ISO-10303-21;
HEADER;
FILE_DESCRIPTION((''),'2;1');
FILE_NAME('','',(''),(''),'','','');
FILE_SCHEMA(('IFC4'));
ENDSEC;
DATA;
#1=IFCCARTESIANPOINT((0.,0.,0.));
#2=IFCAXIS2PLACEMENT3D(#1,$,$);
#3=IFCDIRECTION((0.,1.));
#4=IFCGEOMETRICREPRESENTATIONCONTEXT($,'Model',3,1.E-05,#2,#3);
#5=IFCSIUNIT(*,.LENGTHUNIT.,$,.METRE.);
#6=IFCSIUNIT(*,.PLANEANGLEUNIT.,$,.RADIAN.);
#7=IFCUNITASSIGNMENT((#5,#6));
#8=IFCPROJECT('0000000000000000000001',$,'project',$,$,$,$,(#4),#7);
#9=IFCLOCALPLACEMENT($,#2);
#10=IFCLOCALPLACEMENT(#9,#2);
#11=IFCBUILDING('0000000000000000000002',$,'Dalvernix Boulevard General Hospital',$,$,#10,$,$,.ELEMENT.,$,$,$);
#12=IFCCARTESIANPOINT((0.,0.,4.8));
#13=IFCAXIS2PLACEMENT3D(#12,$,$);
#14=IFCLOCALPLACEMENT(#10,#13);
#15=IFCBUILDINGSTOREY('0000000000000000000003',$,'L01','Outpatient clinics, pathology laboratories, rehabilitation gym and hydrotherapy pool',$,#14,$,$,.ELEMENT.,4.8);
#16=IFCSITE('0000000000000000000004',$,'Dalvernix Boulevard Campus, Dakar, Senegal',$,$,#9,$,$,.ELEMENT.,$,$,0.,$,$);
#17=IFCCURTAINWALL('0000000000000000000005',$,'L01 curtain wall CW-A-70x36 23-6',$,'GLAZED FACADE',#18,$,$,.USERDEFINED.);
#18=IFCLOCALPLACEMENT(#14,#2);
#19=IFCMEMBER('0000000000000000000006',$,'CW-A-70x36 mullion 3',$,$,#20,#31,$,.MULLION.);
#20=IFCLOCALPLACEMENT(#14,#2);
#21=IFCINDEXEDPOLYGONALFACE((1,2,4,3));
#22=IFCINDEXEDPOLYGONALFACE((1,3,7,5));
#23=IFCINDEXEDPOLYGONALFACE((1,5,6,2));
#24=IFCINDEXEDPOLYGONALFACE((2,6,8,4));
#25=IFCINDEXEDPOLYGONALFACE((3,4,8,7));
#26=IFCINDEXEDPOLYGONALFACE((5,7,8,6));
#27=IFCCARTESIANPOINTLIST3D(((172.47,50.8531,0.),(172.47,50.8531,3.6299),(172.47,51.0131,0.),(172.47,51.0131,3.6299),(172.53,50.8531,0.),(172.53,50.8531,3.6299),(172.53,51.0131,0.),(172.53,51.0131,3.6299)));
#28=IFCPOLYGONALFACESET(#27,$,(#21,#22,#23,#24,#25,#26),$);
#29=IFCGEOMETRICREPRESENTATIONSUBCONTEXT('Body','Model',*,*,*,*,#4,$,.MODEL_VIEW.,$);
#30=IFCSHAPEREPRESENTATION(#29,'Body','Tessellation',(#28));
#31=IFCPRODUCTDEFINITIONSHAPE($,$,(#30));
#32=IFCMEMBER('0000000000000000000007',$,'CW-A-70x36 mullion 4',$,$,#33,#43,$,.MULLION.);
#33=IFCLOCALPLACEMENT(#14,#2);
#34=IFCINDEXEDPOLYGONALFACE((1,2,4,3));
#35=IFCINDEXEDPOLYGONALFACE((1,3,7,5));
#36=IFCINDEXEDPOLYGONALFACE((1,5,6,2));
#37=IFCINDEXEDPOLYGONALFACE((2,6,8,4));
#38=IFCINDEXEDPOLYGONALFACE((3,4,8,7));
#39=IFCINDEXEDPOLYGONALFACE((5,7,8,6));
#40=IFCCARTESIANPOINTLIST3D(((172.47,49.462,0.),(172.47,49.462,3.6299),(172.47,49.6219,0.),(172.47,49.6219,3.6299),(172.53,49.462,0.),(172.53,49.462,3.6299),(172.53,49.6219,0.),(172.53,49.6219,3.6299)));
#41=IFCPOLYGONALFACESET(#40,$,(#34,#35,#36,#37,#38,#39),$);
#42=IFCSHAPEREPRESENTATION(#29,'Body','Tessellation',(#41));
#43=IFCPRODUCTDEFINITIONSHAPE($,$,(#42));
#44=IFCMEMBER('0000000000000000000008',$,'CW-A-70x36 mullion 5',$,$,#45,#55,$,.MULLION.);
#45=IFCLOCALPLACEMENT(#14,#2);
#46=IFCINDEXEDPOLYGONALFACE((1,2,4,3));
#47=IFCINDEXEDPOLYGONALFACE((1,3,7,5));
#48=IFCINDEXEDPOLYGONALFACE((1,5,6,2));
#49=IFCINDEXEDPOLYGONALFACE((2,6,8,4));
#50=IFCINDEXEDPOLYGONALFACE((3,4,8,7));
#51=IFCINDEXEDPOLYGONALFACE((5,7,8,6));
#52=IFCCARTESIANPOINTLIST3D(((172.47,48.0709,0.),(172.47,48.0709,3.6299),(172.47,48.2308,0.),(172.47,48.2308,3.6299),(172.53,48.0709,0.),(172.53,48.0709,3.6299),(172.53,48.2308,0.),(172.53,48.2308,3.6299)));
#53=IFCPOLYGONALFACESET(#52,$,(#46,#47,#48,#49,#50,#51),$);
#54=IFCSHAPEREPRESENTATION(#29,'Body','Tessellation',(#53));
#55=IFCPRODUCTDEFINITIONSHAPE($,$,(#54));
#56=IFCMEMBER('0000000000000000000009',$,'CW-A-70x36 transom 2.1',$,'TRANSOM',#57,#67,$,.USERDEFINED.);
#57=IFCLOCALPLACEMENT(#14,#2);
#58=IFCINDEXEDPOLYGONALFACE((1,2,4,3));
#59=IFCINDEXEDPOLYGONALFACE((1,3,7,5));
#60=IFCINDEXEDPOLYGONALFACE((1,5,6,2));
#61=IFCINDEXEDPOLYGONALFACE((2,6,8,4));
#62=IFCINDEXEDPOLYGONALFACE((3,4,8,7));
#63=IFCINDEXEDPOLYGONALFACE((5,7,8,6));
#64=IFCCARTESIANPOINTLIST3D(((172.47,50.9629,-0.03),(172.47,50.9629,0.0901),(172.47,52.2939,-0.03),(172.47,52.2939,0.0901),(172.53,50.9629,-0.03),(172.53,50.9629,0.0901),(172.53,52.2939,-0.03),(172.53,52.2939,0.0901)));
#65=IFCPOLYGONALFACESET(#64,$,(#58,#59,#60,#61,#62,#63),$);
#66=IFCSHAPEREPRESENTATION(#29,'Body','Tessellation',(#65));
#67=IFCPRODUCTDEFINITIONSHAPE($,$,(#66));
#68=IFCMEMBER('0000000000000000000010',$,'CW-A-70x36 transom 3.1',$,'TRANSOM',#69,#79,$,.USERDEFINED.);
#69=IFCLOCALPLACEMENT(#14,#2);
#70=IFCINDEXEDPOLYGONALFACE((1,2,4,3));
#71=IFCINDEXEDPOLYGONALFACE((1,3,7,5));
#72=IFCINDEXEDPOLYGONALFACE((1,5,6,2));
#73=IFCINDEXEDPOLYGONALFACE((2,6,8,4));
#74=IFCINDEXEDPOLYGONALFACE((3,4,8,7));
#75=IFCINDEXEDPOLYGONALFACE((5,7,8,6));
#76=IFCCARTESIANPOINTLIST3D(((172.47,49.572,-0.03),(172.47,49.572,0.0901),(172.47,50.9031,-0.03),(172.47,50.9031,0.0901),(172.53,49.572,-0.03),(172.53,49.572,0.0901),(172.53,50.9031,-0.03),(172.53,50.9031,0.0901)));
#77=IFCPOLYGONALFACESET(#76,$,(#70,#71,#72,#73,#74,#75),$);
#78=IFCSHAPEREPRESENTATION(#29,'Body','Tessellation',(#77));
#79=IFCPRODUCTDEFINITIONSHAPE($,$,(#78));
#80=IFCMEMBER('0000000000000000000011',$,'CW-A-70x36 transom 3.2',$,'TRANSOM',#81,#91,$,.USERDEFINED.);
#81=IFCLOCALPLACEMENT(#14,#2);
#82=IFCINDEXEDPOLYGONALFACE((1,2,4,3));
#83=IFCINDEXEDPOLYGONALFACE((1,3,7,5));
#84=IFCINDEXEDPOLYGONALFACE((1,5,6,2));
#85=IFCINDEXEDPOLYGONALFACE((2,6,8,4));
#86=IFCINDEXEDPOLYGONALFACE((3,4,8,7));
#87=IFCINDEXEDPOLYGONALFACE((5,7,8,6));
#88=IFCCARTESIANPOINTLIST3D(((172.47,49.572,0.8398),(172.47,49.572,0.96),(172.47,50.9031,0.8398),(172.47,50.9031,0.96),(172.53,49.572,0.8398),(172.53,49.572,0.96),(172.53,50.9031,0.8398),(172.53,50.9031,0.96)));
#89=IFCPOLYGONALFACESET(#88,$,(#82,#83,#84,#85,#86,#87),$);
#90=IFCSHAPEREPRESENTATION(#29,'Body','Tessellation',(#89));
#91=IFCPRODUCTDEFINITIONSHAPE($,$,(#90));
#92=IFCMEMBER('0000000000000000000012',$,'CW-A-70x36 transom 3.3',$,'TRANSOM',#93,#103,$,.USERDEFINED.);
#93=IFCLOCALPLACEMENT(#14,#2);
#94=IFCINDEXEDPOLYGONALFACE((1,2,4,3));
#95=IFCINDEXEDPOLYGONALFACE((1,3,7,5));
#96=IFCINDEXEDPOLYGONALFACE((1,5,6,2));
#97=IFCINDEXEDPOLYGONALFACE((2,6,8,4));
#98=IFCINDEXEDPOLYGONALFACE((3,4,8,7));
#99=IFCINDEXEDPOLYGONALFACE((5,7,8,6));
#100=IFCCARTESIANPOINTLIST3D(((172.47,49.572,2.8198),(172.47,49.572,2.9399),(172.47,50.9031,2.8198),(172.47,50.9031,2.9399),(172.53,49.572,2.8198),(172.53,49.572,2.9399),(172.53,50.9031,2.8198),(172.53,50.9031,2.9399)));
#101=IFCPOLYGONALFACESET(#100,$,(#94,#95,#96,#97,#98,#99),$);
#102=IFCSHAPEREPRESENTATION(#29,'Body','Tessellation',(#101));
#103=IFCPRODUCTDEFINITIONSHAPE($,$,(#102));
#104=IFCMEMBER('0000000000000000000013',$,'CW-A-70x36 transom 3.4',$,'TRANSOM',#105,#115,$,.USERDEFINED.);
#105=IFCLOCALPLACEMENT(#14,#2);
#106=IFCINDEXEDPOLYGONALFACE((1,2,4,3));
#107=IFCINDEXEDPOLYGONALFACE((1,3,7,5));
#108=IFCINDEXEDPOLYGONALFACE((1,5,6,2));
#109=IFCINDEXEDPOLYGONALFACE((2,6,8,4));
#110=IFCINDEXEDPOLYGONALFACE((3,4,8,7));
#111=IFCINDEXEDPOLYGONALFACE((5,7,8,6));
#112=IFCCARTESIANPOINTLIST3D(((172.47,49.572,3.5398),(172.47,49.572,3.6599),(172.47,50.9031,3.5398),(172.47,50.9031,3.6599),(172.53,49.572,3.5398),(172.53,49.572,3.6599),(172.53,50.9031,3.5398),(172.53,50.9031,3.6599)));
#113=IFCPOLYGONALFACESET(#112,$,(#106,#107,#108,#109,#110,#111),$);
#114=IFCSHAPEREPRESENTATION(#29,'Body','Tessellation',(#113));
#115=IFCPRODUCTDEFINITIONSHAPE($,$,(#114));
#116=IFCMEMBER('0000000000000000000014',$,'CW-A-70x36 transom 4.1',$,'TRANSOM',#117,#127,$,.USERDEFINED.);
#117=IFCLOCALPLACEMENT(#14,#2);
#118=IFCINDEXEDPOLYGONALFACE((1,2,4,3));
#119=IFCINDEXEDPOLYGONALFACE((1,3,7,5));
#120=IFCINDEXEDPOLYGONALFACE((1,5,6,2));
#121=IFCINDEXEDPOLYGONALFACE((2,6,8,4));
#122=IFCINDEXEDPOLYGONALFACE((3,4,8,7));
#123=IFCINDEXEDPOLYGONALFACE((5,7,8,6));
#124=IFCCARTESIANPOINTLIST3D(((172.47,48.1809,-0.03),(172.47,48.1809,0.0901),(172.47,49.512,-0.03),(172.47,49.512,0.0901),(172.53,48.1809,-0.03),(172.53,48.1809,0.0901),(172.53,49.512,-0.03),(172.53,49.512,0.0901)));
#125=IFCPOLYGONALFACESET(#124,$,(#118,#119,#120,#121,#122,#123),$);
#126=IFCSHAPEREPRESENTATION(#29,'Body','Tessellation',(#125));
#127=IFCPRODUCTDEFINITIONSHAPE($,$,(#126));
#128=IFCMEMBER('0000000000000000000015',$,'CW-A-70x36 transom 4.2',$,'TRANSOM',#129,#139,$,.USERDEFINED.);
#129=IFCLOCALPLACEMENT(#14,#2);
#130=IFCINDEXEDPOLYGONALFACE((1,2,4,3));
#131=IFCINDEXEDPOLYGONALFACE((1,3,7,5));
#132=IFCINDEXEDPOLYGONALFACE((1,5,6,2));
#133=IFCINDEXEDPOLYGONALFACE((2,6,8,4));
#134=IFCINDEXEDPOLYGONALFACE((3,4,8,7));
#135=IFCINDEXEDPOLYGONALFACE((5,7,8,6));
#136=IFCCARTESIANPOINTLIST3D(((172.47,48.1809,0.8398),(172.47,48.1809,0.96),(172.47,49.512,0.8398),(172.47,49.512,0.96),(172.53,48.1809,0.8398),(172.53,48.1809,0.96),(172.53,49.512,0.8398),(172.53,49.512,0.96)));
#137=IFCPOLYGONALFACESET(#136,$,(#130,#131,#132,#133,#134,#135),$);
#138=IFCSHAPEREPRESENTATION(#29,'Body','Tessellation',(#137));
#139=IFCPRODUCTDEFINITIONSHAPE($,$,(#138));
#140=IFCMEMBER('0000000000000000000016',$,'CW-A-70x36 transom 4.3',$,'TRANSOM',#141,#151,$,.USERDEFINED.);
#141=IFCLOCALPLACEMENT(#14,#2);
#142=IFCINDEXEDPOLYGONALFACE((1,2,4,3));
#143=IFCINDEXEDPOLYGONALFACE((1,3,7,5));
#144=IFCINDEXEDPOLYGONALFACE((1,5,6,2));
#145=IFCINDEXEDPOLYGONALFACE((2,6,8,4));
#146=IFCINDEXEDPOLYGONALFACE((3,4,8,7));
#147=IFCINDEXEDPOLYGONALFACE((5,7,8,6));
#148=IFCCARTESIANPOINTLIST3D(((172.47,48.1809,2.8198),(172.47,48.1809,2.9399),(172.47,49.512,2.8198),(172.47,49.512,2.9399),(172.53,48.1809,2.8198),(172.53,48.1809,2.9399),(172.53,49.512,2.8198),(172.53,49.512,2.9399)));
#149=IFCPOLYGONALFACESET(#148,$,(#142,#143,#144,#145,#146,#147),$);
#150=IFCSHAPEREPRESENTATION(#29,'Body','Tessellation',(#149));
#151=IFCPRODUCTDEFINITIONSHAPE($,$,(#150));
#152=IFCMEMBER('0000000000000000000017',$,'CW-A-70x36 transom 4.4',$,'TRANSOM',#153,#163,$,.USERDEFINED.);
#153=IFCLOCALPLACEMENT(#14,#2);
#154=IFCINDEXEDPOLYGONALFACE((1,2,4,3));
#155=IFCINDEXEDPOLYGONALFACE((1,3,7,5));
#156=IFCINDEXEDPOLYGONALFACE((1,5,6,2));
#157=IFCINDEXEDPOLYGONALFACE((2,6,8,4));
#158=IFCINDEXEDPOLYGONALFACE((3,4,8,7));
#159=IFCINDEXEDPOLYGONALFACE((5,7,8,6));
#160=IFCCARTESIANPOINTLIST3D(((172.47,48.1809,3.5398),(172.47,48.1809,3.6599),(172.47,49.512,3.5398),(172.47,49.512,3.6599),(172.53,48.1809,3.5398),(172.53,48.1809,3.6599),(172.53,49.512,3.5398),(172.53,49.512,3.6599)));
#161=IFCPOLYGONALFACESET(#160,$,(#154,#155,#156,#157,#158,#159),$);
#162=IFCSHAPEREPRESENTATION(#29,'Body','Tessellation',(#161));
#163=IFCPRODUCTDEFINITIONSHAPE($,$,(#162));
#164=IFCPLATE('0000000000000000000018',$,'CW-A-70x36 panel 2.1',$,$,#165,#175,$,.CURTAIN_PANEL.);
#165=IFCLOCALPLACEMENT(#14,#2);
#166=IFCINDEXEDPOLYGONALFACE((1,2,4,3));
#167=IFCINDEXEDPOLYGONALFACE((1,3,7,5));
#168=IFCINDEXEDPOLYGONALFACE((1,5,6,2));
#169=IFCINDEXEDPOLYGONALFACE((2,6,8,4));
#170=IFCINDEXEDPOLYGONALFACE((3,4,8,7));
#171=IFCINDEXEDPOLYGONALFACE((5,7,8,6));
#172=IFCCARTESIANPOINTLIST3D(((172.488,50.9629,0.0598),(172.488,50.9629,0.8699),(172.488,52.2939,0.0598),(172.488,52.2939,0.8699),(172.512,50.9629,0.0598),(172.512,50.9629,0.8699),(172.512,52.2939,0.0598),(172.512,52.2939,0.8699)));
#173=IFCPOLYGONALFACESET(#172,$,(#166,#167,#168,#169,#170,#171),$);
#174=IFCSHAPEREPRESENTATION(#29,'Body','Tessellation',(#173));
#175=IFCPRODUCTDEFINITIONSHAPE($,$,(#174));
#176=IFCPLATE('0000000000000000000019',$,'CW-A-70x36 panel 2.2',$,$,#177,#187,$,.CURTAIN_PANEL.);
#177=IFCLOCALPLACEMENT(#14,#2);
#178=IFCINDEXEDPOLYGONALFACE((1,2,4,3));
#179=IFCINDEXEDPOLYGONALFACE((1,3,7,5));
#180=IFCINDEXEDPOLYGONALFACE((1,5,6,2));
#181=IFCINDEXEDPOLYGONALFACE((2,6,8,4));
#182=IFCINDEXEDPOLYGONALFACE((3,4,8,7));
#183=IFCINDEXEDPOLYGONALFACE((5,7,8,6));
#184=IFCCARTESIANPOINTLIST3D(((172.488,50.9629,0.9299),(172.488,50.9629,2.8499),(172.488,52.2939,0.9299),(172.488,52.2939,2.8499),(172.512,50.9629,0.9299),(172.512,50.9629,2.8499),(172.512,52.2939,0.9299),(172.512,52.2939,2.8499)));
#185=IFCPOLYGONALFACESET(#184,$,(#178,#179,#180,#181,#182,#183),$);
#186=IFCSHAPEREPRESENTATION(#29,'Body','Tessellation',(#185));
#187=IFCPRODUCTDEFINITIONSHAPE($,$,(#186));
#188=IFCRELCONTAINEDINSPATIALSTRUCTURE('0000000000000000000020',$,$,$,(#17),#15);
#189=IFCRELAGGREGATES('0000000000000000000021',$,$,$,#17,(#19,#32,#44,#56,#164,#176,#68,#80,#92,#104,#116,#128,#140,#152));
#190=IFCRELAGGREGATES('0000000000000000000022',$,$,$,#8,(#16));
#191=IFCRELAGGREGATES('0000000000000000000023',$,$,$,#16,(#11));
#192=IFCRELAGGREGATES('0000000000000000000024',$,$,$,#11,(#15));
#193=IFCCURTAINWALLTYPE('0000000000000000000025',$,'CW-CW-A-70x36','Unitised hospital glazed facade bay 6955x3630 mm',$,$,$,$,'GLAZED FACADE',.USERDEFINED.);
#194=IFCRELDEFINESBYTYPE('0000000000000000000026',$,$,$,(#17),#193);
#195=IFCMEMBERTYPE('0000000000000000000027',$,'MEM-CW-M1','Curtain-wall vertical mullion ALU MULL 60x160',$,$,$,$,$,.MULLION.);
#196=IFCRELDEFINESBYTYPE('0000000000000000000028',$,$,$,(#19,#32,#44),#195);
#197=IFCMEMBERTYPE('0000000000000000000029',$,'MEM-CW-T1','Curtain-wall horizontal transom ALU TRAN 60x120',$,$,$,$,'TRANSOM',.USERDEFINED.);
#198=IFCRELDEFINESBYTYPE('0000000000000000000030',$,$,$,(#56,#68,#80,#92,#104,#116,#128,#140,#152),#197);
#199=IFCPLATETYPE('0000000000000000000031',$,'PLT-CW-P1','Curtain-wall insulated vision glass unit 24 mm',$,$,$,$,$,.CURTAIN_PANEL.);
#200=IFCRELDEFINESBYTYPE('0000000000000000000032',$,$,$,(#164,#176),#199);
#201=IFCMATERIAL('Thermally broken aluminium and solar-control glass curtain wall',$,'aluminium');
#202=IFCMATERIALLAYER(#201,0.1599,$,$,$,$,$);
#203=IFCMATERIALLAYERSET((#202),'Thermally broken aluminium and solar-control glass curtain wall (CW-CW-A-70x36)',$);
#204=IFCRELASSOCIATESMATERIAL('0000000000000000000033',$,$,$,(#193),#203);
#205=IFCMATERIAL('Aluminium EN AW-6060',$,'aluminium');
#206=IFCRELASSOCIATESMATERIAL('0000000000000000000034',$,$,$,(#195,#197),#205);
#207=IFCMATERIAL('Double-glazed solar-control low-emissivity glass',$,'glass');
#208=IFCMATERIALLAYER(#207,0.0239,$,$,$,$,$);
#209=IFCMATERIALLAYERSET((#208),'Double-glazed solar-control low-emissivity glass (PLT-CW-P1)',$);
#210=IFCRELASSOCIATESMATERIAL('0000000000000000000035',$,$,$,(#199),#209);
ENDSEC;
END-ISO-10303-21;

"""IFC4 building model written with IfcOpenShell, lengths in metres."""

from ifc_helpers import new_model, si_unit, direction, frame, origin, origin_2d, place, context, subcontext, project, spatial, rectangle, extrude, material, layer, layer_set, material_profile, profile_set, type_object, element, aggregate, save


model = new_model("IFC4")

# Units and contexts
model_context = context("Model", 3, precision=1e-05, world=origin(), true_north=direction((0.0, 1.0)))
body_context = subcontext(model_context, "Body", "Model", "MODEL_VIEW")
ifc_project = project(units=[si_unit("LENGTHUNIT", "METRE"), si_unit("PLANEANGLEUNIT", "RADIAN")], contexts=[model_context])

# Site, building, storey
site_placement = place(None, origin())
site = spatial("IfcSite", under=ifc_project, at=site_placement, Name="Dalvernix Boulevard Campus, Dakar, Senegal", CompositionType="ELEMENT", RefElevation=0.0)
building_placement = place(site_placement, origin())
building = spatial("IfcBuilding", under=site, at=building_placement, Name="Dalvernix Boulevard General Hospital", CompositionType="ELEMENT")
storey_placement = place(building_placement, frame((0.0, 0.0, 4.8)))
storey = spatial("IfcBuildingStorey", under=building, at=storey_placement, Name="L01", Description="Outpatient clinics, pathology laboratories, rehabilitation gym and hydrotherapy pool", CompositionType="ELEMENT", Elevation=4.8)

# Curtain wall, members, plates
ifc_material_1 = material(Name="Thermally broken aluminium and solar-control glass curtain wall", Category="aluminium")
ifc_layer_1 = layer(ifc_material_1, 0.1599)
ifc_layer_set_1 = layer_set([ifc_layer_1], Name="Thermally broken aluminium and solar-control glass curtain wall (CW-CW-A-70x36)")
curtain_wall_type = type_object("IfcCurtainWallType", Name="CW-CW-A-70x36", Description="Unitised hospital glazed facade bay 6955x3630 mm", ElementType="GLAZED FACADE", PredefinedType="USERDEFINED", material=ifc_layer_set_1)
curtain_wall_placement = place(storey_placement, origin())
curtain_wall = element("IfcCurtainWall", 1, at=curtain_wall_placement, inside=storey, type_object=curtain_wall_type, Name="L01 curtain wall CW-A-70x36 23-6", ObjectType="GLAZED FACADE", PredefinedType="USERDEFINED")
ifc_material_2 = material(Name="Aluminium EN AW-6060", Category="aluminium")
ifc_material_profile_1 = material_profile(ifc_material_2, rectangle(XDim=0.0601, YDim=0.1599, at=origin_2d()), Name="ALU MULL 60x160")
ifc_profile_set_1 = profile_set([ifc_material_profile_1], Name="Aluminium EN AW-6060")
member_type_1 = type_object("IfcMemberType", Name="MEM-CW-M1", Description="Curtain-wall vertical mullion ALU MULL 60x160", PredefinedType="MULLION", material=ifc_profile_set_1)
member_1_placement = place(storey_placement, frame((172.5, 50.9331, 0.0), z_axis=(0.0, 0.0, 1.0), x_axis=(1.0, 0.0, 0.0)))
member_1 = element("IfcMember", 2, at=member_1_placement, type_object=member_type_1, Name="CW-A-70x36 mullion 3", PredefinedType="MULLION", context=body_context, shape_type="SweptSolid", body=[
    extrude(rectangle(XDim=0.0601, YDim=0.1599, at=origin_2d()), origin(), (0.0, 0.0, 1.0), 3.6299),
])
member_2_placement = place(storey_placement, frame((172.5, 49.542, 0.0), z_axis=(0.0, 0.0, 1.0), x_axis=(1.0, 0.0, 0.0)))
member_2 = element("IfcMember", 3, at=member_2_placement, type_object=member_type_1, Name="CW-A-70x36 mullion 4", PredefinedType="MULLION", context=body_context, shape_type="SweptSolid", body=[
    extrude(rectangle(XDim=0.0601, YDim=0.1599, at=origin_2d()), origin(), (0.0, 0.0, 1.0), 3.6299),
])
member_3_placement = place(storey_placement, frame((172.5, 48.1509, 0.0), z_axis=(0.0, 0.0, 1.0), x_axis=(1.0, 0.0, 0.0)))
member_3 = element("IfcMember", 4, at=member_3_placement, type_object=member_type_1, Name="CW-A-70x36 mullion 5", PredefinedType="MULLION", context=body_context, shape_type="SweptSolid", body=[
    extrude(rectangle(XDim=0.0601, YDim=0.1599, at=origin_2d()), origin(), (0.0, 0.0, 1.0), 3.6299),
])
ifc_material_profile_2 = material_profile(ifc_material_2, rectangle(XDim=0.0601, YDim=0.1201, at=origin_2d()), Name="ALU TRAN 60x120")
ifc_profile_set_2 = profile_set([ifc_material_profile_2], Name="Aluminium EN AW-6060")
member_type_2 = type_object("IfcMemberType", Name="MEM-CW-T1", Description="Curtain-wall horizontal transom ALU TRAN 60x120", ElementType="TRANSOM", PredefinedType="USERDEFINED", material=ifc_profile_set_2)
member_4_placement = place(storey_placement, frame((172.5, 52.2939, 0.03), z_axis=(0.0, -1.0, 0.0), x_axis=(1.0, 0.0, 0.0)))
member_4 = element("IfcMember", 5, at=member_4_placement, type_object=member_type_2, Name="CW-A-70x36 transom 2.1", ObjectType="TRANSOM", PredefinedType="USERDEFINED", context=body_context, shape_type="SweptSolid", body=[
    extrude(rectangle(XDim=0.0601, YDim=0.1201, at=origin_2d()), origin(), (0.0, 0.0, 1.0), 1.3311),
])
member_5_placement = place(storey_placement, frame((172.5, 50.9031, 0.03), z_axis=(0.0, -1.0, 0.0), x_axis=(1.0, 0.0, 0.0)))
member_5 = element("IfcMember", 6, at=member_5_placement, type_object=member_type_2, Name="CW-A-70x36 transom 3.1", ObjectType="TRANSOM", PredefinedType="USERDEFINED", context=body_context, shape_type="SweptSolid", body=[
    extrude(rectangle(XDim=0.0601, YDim=0.1201, at=origin_2d()), origin(), (0.0, 0.0, 1.0), 1.3311),
])
member_6_placement = place(storey_placement, frame((172.5, 50.9031, 0.8999), z_axis=(0.0, -1.0, 0.0), x_axis=(1.0, 0.0, 0.0)))
member_6 = element("IfcMember", 7, at=member_6_placement, type_object=member_type_2, Name="CW-A-70x36 transom 3.2", ObjectType="TRANSOM", PredefinedType="USERDEFINED", context=body_context, shape_type="SweptSolid", body=[
    extrude(rectangle(XDim=0.0601, YDim=0.1201, at=origin_2d()), origin(), (0.0, 0.0, 1.0), 1.3311),
])
member_7_placement = place(storey_placement, frame((172.5, 50.9031, 2.8799), z_axis=(0.0, -1.0, 0.0), x_axis=(1.0, 0.0, 0.0)))
member_7 = element("IfcMember", 8, at=member_7_placement, type_object=member_type_2, Name="CW-A-70x36 transom 3.3", ObjectType="TRANSOM", PredefinedType="USERDEFINED", context=body_context, shape_type="SweptSolid", body=[
    extrude(rectangle(XDim=0.0601, YDim=0.1201, at=origin_2d()), origin(), (0.0, 0.0, 1.0), 1.3311),
])
member_8_placement = place(storey_placement, frame((172.5, 50.9031, 3.5999), z_axis=(0.0, -1.0, 0.0), x_axis=(1.0, 0.0, 0.0)))
member_8 = element("IfcMember", 9, at=member_8_placement, type_object=member_type_2, Name="CW-A-70x36 transom 3.4", ObjectType="TRANSOM", PredefinedType="USERDEFINED", context=body_context, shape_type="SweptSolid", body=[
    extrude(rectangle(XDim=0.0601, YDim=0.1201, at=origin_2d()), origin(), (0.0, 0.0, 1.0), 1.3311),
])
member_9_placement = place(storey_placement, frame((172.5, 49.512, 0.03), z_axis=(0.0, -1.0, 0.0), x_axis=(1.0, 0.0, 0.0)))
member_9 = element("IfcMember", 10, at=member_9_placement, type_object=member_type_2, Name="CW-A-70x36 transom 4.1", ObjectType="TRANSOM", PredefinedType="USERDEFINED", context=body_context, shape_type="SweptSolid", body=[
    extrude(rectangle(XDim=0.0601, YDim=0.1201, at=origin_2d()), origin(), (0.0, 0.0, 1.0), 1.3311),
])
member_10_placement = place(storey_placement, frame((172.5, 49.512, 0.8999), z_axis=(0.0, -1.0, 0.0), x_axis=(1.0, 0.0, 0.0)))
member_10 = element("IfcMember", 11, at=member_10_placement, type_object=member_type_2, Name="CW-A-70x36 transom 4.2", ObjectType="TRANSOM", PredefinedType="USERDEFINED", context=body_context, shape_type="SweptSolid", body=[
    extrude(rectangle(XDim=0.0601, YDim=0.1201, at=origin_2d()), origin(), (0.0, 0.0, 1.0), 1.3311),
])
member_11_placement = place(storey_placement, frame((172.5, 49.512, 2.8799), z_axis=(0.0, -1.0, 0.0), x_axis=(1.0, 0.0, 0.0)))
member_11 = element("IfcMember", 12, at=member_11_placement, type_object=member_type_2, Name="CW-A-70x36 transom 4.3", ObjectType="TRANSOM", PredefinedType="USERDEFINED", context=body_context, shape_type="SweptSolid", body=[
    extrude(rectangle(XDim=0.0601, YDim=0.1201, at=origin_2d()), origin(), (0.0, 0.0, 1.0), 1.3311),
])
member_12_placement = place(storey_placement, frame((172.5, 49.512, 3.5999), z_axis=(0.0, -1.0, 0.0), x_axis=(1.0, 0.0, 0.0)))
member_12 = element("IfcMember", 13, at=member_12_placement, type_object=member_type_2, Name="CW-A-70x36 transom 4.4", ObjectType="TRANSOM", PredefinedType="USERDEFINED", context=body_context, shape_type="SweptSolid", body=[
    extrude(rectangle(XDim=0.0601, YDim=0.1201, at=origin_2d()), origin(), (0.0, 0.0, 1.0), 1.3311),
])
ifc_material_3 = material(Name="Double-glazed solar-control low-emissivity glass", Category="glass")
ifc_layer_2 = layer(ifc_material_3, 0.0239)
ifc_layer_set_2 = layer_set([ifc_layer_2], Name="Double-glazed solar-control low-emissivity glass (PLT-CW-P1)")
plate_type = type_object("IfcPlateType", Name="PLT-CW-P1", Description="Curtain-wall insulated vision glass unit 24 mm", PredefinedType="CURTAIN_PANEL", material=ifc_layer_set_2)
plate_1_placement = place(storey_placement, frame((172.5, 51.6284, 0.0598), z_axis=(0.0, 0.0, 1.0), x_axis=(0.0, -1.0, 0.0)))
plate_1 = element("IfcPlate", 14, at=plate_1_placement, type_object=plate_type, Name="CW-A-70x36 panel 2.1", PredefinedType="CURTAIN_PANEL", context=body_context, shape_type="SweptSolid", body=[
    extrude(rectangle(XDim=1.3311, YDim=0.0239, at=origin_2d()), origin(), (0.0, 0.0, 1.0), 0.8101),
])
plate_2_placement = place(storey_placement, frame((172.5, 51.6284, 0.9299), z_axis=(0.0, 0.0, 1.0), x_axis=(0.0, -1.0, 0.0)))
plate_2 = element("IfcPlate", 15, at=plate_2_placement, type_object=plate_type, Name="CW-A-70x36 panel 2.2", PredefinedType="CURTAIN_PANEL", context=body_context, shape_type="SweptSolid", body=[
    extrude(rectangle(XDim=1.3311, YDim=0.0239, at=origin_2d()), origin(), (0.0, 0.0, 1.0), 1.9199),
])
aggregate(curtain_wall, [member_1, member_2, member_3, member_4, plate_1, plate_2, member_5, member_6, member_7, member_8, member_9, member_10, member_11, member_12])

save(model, "model.ifc")
